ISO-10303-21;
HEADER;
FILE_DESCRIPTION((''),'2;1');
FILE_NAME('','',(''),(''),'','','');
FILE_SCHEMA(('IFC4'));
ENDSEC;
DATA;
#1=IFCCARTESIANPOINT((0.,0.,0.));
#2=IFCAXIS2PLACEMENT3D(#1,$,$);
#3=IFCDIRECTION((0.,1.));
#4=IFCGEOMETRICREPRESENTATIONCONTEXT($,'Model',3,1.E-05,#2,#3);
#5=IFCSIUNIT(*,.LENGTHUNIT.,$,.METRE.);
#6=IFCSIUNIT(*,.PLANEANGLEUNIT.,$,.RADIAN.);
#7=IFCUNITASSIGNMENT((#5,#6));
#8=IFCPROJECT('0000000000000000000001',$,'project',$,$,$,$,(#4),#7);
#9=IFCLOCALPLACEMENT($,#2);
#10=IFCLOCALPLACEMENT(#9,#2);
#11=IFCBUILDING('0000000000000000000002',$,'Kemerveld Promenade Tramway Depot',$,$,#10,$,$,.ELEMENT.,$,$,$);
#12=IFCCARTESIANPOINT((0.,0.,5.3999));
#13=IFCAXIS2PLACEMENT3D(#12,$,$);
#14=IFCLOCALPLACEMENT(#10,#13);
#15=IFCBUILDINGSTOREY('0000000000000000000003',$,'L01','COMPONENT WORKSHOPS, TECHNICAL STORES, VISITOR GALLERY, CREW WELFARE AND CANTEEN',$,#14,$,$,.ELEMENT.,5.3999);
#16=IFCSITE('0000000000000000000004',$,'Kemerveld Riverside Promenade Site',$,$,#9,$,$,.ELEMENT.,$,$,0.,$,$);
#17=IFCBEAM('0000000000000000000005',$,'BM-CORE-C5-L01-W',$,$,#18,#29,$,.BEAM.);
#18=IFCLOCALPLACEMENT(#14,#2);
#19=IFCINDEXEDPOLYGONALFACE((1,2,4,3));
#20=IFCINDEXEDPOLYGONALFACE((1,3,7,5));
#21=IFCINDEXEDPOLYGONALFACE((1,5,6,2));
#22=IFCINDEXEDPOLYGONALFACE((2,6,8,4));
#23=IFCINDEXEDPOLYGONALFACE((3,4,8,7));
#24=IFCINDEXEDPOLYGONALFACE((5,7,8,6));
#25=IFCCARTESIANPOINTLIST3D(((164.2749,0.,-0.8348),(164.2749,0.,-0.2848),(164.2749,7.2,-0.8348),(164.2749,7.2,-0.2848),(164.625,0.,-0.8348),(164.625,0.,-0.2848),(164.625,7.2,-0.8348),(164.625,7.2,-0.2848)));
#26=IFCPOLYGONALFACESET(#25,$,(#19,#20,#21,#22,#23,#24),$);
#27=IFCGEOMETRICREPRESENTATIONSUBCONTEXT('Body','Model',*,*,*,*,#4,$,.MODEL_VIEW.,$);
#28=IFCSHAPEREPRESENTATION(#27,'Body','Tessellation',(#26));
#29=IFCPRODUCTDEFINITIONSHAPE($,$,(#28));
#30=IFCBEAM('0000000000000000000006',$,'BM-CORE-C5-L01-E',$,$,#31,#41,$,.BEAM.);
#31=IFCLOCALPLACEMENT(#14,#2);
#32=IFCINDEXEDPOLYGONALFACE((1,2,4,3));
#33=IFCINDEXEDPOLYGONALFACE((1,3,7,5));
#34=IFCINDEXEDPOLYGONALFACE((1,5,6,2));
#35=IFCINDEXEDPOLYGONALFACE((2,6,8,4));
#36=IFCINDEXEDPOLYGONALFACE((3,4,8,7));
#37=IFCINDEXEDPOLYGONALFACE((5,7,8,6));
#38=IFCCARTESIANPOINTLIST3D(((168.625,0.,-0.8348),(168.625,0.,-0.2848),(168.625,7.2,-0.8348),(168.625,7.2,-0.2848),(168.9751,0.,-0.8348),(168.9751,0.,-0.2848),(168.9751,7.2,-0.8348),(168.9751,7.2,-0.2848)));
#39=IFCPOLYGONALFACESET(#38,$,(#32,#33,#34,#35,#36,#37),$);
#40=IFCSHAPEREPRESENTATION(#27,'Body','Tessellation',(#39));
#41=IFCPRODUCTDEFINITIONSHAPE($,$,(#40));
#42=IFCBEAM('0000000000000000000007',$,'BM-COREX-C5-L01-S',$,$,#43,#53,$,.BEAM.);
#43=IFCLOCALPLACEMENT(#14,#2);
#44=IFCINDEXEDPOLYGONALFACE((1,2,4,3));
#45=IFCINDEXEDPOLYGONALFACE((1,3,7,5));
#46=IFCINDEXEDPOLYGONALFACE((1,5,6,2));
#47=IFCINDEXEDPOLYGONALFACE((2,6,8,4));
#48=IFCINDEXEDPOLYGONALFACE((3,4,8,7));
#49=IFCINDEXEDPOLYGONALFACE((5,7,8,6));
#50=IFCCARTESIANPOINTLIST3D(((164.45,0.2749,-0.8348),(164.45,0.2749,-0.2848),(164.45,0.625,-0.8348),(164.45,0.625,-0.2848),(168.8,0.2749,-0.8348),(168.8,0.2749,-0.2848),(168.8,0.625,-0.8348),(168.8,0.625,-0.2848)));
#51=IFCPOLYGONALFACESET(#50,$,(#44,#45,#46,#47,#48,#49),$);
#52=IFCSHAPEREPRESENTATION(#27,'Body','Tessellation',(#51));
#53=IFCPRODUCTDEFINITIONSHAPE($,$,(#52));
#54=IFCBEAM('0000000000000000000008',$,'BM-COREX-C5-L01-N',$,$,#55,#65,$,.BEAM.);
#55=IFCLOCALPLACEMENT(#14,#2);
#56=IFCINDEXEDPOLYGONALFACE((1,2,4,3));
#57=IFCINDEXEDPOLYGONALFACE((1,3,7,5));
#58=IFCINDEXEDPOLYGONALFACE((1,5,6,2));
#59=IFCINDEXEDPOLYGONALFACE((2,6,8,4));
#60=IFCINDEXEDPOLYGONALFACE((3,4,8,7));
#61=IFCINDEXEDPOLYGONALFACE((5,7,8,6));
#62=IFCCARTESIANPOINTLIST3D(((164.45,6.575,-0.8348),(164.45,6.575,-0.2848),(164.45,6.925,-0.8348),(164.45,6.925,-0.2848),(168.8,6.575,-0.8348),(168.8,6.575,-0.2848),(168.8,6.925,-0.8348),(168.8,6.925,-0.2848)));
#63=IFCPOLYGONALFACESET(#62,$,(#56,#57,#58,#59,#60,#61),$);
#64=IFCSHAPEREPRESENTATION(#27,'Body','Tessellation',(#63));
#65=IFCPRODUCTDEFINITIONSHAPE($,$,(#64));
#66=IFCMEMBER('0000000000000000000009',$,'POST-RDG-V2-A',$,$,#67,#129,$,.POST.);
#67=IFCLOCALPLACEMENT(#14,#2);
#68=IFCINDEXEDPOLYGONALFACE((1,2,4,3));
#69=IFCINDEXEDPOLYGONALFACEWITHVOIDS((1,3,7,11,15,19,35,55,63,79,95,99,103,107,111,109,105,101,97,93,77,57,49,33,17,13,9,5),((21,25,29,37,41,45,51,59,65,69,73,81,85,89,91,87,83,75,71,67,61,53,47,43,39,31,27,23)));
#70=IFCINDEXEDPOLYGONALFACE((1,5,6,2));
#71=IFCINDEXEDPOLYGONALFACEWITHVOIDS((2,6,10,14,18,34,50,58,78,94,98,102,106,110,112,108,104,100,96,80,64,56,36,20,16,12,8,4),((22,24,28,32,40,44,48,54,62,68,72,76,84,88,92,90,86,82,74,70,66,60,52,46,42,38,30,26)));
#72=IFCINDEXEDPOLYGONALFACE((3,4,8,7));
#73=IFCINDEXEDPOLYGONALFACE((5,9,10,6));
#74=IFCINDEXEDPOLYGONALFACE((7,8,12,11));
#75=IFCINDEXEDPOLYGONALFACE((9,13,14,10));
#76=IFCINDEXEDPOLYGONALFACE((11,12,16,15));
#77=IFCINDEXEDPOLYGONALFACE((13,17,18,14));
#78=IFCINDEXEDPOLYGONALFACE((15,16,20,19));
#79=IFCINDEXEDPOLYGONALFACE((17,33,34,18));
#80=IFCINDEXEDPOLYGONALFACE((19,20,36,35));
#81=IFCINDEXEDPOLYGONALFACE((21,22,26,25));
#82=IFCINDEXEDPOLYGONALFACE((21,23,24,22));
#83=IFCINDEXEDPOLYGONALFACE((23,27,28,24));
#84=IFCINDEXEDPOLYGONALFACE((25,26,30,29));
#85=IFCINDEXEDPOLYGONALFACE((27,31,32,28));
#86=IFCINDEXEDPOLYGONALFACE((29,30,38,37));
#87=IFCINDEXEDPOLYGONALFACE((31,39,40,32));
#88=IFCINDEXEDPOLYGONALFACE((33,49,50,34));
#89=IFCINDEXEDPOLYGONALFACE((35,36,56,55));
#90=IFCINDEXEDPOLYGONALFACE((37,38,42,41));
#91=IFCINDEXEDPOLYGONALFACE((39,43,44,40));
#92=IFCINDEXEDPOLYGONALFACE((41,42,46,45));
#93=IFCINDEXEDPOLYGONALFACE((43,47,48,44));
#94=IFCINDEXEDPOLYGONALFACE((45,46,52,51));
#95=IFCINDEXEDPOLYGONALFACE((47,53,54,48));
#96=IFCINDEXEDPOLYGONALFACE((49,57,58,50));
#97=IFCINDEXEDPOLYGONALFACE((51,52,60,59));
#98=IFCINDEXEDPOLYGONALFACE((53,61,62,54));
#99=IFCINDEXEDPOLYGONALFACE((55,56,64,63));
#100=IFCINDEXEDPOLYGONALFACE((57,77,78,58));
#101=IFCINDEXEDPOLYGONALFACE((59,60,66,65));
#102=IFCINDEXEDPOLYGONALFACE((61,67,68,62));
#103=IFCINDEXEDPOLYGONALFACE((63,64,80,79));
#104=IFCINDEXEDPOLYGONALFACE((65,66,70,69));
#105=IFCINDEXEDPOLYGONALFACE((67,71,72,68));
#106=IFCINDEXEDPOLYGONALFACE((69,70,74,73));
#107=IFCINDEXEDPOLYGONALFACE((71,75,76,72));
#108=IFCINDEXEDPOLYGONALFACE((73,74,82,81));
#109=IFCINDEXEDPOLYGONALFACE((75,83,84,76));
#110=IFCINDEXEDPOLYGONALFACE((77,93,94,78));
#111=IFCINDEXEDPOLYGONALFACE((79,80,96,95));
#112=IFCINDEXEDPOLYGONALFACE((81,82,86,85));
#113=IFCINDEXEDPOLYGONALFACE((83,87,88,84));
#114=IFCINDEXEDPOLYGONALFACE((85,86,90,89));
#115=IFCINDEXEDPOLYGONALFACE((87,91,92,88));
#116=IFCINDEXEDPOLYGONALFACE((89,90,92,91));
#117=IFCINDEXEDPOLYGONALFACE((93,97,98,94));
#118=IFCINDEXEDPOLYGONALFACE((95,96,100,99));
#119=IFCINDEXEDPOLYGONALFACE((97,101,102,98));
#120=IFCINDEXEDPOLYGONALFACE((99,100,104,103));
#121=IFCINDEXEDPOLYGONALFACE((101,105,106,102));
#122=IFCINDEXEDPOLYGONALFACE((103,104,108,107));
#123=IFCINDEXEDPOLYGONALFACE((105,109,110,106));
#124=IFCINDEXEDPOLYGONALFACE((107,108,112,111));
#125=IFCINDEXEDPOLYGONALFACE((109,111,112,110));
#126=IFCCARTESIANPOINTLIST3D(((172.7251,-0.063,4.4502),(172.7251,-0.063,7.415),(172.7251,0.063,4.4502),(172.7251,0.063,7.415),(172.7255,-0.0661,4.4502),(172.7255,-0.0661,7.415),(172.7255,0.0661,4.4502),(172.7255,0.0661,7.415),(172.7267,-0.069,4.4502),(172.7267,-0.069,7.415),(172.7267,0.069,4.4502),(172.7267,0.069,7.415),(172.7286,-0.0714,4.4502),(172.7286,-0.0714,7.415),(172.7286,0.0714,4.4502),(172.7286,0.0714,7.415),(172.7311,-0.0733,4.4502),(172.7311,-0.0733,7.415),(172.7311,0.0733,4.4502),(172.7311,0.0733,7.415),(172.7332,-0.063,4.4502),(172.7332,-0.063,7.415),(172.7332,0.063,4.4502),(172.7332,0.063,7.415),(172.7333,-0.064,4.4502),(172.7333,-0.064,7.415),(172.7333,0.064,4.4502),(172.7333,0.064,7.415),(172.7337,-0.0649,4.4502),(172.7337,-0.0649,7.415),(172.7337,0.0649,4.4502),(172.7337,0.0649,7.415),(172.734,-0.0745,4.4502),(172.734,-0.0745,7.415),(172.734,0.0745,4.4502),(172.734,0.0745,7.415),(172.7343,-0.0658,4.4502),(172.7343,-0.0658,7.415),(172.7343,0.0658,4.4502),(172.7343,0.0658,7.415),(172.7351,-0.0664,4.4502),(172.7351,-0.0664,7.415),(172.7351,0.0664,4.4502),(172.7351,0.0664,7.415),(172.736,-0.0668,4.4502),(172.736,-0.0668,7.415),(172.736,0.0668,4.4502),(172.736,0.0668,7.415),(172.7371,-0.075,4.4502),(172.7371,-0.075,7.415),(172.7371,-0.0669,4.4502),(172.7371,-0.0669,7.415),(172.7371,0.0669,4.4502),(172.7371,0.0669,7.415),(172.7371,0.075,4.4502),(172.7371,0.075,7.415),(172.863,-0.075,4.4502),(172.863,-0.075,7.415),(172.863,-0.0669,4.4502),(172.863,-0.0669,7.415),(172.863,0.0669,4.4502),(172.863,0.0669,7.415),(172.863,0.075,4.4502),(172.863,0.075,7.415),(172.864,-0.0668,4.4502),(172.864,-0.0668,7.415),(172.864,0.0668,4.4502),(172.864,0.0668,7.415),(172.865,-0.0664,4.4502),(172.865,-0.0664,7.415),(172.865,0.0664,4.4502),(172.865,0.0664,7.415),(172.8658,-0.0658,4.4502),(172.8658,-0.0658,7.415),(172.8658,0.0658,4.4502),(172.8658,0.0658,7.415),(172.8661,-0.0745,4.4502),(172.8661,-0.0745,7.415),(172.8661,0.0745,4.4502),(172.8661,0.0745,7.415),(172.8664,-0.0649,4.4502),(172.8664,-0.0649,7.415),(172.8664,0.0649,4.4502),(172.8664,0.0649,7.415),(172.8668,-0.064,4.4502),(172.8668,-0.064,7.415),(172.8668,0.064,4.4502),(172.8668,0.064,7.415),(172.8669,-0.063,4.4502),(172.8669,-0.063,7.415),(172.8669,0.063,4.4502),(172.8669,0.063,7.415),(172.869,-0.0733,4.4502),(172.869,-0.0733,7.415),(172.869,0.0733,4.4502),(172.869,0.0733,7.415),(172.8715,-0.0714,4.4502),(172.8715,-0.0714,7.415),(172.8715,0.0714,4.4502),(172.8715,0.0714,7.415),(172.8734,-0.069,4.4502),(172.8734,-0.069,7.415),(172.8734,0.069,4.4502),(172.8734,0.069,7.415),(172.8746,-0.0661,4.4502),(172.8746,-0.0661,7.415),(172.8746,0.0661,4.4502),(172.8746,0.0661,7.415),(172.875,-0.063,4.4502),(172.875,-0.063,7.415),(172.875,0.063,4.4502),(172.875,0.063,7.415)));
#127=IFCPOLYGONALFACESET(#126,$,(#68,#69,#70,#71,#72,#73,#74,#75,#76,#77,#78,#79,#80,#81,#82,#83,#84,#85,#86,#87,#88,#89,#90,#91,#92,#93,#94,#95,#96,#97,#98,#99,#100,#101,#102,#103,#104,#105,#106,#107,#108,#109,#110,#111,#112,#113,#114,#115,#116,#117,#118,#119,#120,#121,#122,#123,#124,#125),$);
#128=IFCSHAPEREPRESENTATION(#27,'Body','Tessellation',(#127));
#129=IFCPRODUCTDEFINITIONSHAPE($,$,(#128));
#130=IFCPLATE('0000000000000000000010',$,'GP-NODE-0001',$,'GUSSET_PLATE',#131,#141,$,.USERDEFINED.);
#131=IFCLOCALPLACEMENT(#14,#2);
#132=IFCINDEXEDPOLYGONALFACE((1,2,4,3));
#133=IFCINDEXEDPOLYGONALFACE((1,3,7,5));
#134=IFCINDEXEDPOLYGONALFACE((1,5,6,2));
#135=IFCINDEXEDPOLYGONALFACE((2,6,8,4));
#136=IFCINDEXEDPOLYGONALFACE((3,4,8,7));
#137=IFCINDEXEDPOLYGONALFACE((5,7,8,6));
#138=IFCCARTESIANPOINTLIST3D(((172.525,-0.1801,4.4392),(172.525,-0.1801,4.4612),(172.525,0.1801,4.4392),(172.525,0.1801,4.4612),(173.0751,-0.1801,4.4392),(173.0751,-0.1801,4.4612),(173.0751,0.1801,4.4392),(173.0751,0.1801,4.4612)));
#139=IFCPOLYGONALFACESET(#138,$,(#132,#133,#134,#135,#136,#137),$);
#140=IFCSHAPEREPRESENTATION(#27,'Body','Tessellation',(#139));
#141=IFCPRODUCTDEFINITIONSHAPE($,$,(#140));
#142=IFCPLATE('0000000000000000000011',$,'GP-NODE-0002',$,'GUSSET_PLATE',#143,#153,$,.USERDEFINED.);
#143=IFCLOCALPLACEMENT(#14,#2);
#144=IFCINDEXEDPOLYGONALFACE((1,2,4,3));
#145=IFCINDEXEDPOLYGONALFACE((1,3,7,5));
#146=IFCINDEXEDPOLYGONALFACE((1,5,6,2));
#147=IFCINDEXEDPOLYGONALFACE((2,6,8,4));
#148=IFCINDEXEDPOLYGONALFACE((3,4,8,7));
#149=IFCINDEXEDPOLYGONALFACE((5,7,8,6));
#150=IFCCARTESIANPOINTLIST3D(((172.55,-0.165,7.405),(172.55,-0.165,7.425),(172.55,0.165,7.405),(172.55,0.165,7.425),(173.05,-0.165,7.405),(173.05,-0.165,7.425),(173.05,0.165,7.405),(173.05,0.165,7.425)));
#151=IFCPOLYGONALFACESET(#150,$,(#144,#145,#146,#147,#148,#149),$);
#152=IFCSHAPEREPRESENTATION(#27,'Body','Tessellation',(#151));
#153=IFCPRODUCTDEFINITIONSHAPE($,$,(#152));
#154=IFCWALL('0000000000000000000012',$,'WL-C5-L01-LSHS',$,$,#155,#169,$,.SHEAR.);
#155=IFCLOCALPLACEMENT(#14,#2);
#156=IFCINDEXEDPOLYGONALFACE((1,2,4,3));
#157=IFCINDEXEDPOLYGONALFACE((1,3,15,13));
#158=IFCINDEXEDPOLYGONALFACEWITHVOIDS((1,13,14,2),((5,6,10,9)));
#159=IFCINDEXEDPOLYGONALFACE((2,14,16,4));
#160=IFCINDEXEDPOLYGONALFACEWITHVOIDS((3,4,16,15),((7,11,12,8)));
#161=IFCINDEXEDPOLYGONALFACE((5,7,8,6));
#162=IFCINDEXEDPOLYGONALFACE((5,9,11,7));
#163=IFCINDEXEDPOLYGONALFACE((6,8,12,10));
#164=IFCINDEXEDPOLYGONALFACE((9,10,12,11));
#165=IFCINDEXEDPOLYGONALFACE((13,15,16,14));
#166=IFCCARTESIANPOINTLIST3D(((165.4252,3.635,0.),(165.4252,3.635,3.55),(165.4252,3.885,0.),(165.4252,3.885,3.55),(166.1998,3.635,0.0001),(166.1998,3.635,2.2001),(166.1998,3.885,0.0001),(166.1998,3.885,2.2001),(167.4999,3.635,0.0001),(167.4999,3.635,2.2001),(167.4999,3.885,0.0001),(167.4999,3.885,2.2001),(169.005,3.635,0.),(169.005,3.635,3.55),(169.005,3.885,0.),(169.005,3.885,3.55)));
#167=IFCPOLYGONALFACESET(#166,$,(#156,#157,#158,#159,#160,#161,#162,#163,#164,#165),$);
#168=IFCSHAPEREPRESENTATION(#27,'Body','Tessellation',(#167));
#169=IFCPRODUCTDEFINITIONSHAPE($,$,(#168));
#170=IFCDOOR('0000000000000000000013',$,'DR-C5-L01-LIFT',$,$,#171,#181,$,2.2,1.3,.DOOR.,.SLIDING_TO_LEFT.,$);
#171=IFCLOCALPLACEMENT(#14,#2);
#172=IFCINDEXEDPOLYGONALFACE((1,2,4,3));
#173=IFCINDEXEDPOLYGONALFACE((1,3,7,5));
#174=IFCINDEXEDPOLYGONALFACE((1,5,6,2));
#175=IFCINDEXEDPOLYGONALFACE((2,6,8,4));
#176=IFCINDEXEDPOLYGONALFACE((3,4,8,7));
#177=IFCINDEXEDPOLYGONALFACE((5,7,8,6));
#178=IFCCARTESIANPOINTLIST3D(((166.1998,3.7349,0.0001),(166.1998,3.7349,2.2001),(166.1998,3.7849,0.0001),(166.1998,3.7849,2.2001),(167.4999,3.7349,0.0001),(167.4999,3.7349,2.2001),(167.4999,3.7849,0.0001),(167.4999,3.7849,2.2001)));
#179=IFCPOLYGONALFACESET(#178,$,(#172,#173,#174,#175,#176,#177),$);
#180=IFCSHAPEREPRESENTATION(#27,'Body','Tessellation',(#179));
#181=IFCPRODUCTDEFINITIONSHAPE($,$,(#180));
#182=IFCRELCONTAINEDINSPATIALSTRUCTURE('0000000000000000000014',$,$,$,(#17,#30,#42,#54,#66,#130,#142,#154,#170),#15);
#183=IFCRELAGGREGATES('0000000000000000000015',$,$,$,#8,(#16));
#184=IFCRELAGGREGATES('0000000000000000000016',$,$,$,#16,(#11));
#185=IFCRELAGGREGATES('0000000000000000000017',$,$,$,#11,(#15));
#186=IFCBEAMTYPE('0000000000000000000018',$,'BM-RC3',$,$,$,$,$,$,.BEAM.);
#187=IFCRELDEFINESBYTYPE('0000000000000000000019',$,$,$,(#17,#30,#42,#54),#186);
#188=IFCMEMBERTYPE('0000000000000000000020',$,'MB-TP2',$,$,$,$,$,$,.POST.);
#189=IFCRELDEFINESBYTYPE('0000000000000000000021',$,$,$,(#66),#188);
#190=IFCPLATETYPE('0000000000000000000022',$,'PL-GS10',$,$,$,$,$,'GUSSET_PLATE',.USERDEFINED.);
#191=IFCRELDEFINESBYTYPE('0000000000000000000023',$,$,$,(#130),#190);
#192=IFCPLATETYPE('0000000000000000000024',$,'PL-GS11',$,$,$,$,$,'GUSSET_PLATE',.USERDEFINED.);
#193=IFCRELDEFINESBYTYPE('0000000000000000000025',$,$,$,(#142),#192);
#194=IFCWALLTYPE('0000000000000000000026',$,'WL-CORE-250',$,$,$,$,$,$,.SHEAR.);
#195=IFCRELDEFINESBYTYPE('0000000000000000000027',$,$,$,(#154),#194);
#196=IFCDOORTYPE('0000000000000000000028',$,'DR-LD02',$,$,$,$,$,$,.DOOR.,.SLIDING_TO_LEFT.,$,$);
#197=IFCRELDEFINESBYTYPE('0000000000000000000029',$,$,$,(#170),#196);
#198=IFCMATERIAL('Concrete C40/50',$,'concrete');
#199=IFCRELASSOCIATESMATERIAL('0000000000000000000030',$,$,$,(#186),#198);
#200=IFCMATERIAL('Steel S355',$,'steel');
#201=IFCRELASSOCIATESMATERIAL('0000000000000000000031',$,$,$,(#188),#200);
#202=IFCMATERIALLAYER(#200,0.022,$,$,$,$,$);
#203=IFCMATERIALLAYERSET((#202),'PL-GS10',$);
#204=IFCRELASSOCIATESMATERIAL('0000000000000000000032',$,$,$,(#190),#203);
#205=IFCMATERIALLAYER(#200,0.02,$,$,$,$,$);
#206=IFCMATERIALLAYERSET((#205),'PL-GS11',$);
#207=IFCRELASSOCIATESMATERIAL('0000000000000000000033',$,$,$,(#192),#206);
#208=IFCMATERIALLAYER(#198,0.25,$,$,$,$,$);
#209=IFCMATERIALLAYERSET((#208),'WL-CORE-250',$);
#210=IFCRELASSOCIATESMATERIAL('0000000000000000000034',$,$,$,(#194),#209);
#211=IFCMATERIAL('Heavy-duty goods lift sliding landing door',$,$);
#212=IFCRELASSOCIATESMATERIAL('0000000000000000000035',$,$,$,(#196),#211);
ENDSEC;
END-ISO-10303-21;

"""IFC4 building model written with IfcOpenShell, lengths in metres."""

from ifc_helpers import new_model, si_unit, direction, frame, frame_2d, origin, origin_2d, place, context, subcontext, project, spatial, rectangle, hollow_rectangle, extrude, material, layer, layer_set, material_profile, profile_set, type_object, element, fill, save


model = new_model("IFC4")

# Units and contexts
model_context = context("Model", 3, precision=1e-05, world=origin(), true_north=direction((0.0, 1.0)))
body_context = subcontext(model_context, "Body", "Model", "MODEL_VIEW")
ifc_project = project(units=[si_unit("LENGTHUNIT", "METRE"), si_unit("PLANEANGLEUNIT", "RADIAN")], contexts=[model_context])

# Site, building, storey
site_placement = place(None, origin())
site = spatial("IfcSite", under=ifc_project, at=site_placement, Name="Kemerveld Riverside Promenade Site", CompositionType="ELEMENT", RefElevation=0.0)
building_placement = place(site_placement, origin())
building = spatial("IfcBuilding", under=site, at=building_placement, Name="Kemerveld Promenade Tramway Depot", CompositionType="ELEMENT")
storey_placement = place(building_placement, frame((0.0, 0.0, 5.3999)))
storey = spatial("IfcBuildingStorey", under=building, at=storey_placement, Name="L01", Description="COMPONENT WORKSHOPS, TECHNICAL STORES, VISITOR GALLERY, CREW WELFARE AND CANTEEN", CompositionType="ELEMENT", Elevation=5.3999)

# Shared definitions
ifc_material_1 = material(Name="Steel S355", Category="steel")

# Beams
ifc_material_2 = material(Name="Concrete C40/50", Category="concrete")
ifc_material_profile_1 = material_profile(ifc_material_2, rectangle(XDim=0.3501, YDim=0.55, at=origin_2d()), Name="RC-BM-350x550")
ifc_profile_set_1 = profile_set([ifc_material_profile_1], Name="Concrete C40/50")
beam_type_1 = type_object("IfcBeamType", Name="BM-RC3", PredefinedType="BEAM", material=ifc_profile_set_1)
for number, where, z_axis, x_axis, name in (
    (1, (164.45, 0.0, -0.5598), (0.0, 1.0, 0.0), (-1.0, 0.0, 0.0), "BM-CORE-C5-L01-W"),
    (2, (168.8, 0.0, -0.5598), (0.0, 1.0, 0.0), (-1.0, 0.0, 0.0), "BM-CORE-C5-L01-E"),
):
    element("IfcBeam", number, at=place(storey_placement, frame(where, z_axis=z_axis, x_axis=x_axis)), inside=storey, type_object=beam_type_1, Name=name, PredefinedType="BEAM", context=body_context, shape_type="SweptSolid", body=[
        extrude(rectangle(XDim=0.3501, YDim=0.55, at=origin_2d()), origin(), (0.0, 0.0, 1.0), 7.2),
    ])
for number, where, z_axis, x_axis, name in (
    (3, (164.45, 0.45, -0.5598), (1.0, 0.0, 0.0), (0.0, 1.0, 0.0), "BM-COREX-C5-L01-S"),
    (4, (164.45, 6.75, -0.5598), (1.0, 0.0, 0.0), (0.0, 1.0, 0.0), "BM-COREX-C5-L01-N"),
):
    element("IfcBeam", number, at=place(storey_placement, frame(where, z_axis=z_axis, x_axis=x_axis)), inside=storey, type_object=beam_type_1, Name=name, PredefinedType="BEAM", context=body_context, shape_type="SweptSolid", body=[
        extrude(rectangle(XDim=0.3501, YDim=0.55, at=origin_2d()), origin(), (0.0, 0.0, 1.0), 4.3501),
    ])

# Member
ifc_material_profile_2 = material_profile(ifc_material_1, hollow_rectangle(XDim=0.1499, YDim=0.1499, WallThickness=0.0081, InnerFilletRadius=0.0039, OuterFilletRadius=0.012, at=origin_2d()), Name="150x150x8.0 SHS")
ifc_profile_set_2 = profile_set([ifc_material_profile_2], Name="Steel S355")
member_type = type_object("IfcMemberType", Name="MB-TP2", PredefinedType="POST", material=ifc_profile_set_2)
member_placement = place(storey_placement, frame((172.8, 0.0, 4.4502), z_axis=(0.0, 0.0, 1.0), x_axis=(1.0, 0.0, 0.0)))
element("IfcMember", 5, at=member_placement, inside=storey, type_object=member_type, Name="POST-RDG-V2-A", PredefinedType="POST", context=body_context, shape_type="SweptSolid", body=[
    extrude(hollow_rectangle(XDim=0.1499, YDim=0.1499, WallThickness=0.0081, InnerFilletRadius=0.0039, OuterFilletRadius=0.012, at=origin_2d()), origin(), (0.0, 0.0, 1.0), 2.9648),
])

# Plates
ifc_layer_1 = layer(ifc_material_1, 0.022)
ifc_layer_set_1 = layer_set([ifc_layer_1], Name="PL-GS10")
plate_type_1 = type_object("IfcPlateType", Name="PL-GS10", ElementType="GUSSET_PLATE", PredefinedType="USERDEFINED", material=ifc_layer_set_1)
plate_1_placement = place(storey_placement, frame((172.8, 0.0, 4.4392), z_axis=(0.0, 0.0, 1.0), x_axis=(1.0, 0.0, 0.0)))
element("IfcPlate", 6, at=plate_1_placement, inside=storey, type_object=plate_type_1, Name="GP-NODE-0001", ObjectType="GUSSET_PLATE", PredefinedType="USERDEFINED", context=body_context, shape_type="SweptSolid", body=[
    extrude(rectangle(XDim=0.55, YDim=0.3601, at=origin_2d()), origin(), (0.0, 0.0, 1.0), 0.022),
])
ifc_layer_2 = layer(ifc_material_1, 0.02)
ifc_layer_set_2 = layer_set([ifc_layer_2], Name="PL-GS11")
plate_type_2 = type_object("IfcPlateType", Name="PL-GS11", ElementType="GUSSET_PLATE", PredefinedType="USERDEFINED", material=ifc_layer_set_2)
plate_2_placement = place(storey_placement, frame((172.8, 0.0, 7.405), z_axis=(0.0, 0.0, 1.0), x_axis=(1.0, 0.0, 0.0)))
element("IfcPlate", 7, at=plate_2_placement, inside=storey, type_object=plate_type_2, Name="GP-NODE-0002", ObjectType="GUSSET_PLATE", PredefinedType="USERDEFINED", context=body_context, shape_type="SweptSolid", body=[
    extrude(rectangle(XDim=0.5, YDim=0.3301, at=origin_2d()), origin(), (0.0, 0.0, 1.0), 0.02),
])

# Wall, opening, door
ifc_layer_3 = layer(ifc_material_2, 0.25)
ifc_layer_set_3 = layer_set([ifc_layer_3], Name="WL-CORE-250")
wall_type_1 = type_object("IfcWallType", Name="WL-CORE-250", PredefinedType="SHEAR", material=ifc_layer_set_3)
wall_1_placement = place(storey_placement, frame((165.425, 3.76, 0.0), z_axis=(0.0, 0.0, 1.0), x_axis=(1.0, 0.0, 0.0)))
wall_1 = element("IfcWall", 8, at=wall_1_placement, inside=storey, type_object=wall_type_1, Name="WL-C5-L01-LSHS", PredefinedType="SHEAR", context=body_context, shape_type="SweptSolid", body=[
    extrude(rectangle(XDim=3.5798, YDim=0.25, at=frame_2d((1.79, 0.0))), origin(), (0.0, 0.0, 1.0), 3.55),
])
opening_1_placement = place(wall_1_placement, frame((0.7749, 0.0, 0.0)))
opening_1 = element("IfcOpeningElement", 9, at=opening_1_placement, cuts=wall_1, PredefinedType="OPENING", context=body_context, shape_type="SweptSolid", body=[
    extrude(rectangle(XDim=1.3, YDim=2.2, at=frame_2d((0.6499, 1.1001))), frame((0.0, 0.135, 0.0), z_axis=(0.0, -1.0, 0.0), x_axis=(1.0, 0.0, 0.0)), (0.0, 0.0, 1.0), 0.27),
])
ifc_material_3 = material(Name="Heavy-duty goods lift sliding landing door")
door_type_1 = type_object("IfcDoorType", Name="DR-LD02", OperationType="SLIDING_TO_LEFT", PredefinedType="DOOR", material=ifc_material_3)
door_1_placement = place(opening_1_placement, origin())
door_1 = element("IfcDoor", 10, at=door_1_placement, inside=storey, type_object=door_type_1, Name="DR-C5-L01-LIFT", OperationType="SLIDING_TO_LEFT", OverallHeight=2.2, OverallWidth=1.3, PredefinedType="DOOR", context=body_context, shape_type="SweptSolid", body=[
    extrude(rectangle(XDim=1.3, YDim=2.2, at=frame_2d((0.6499, 1.1001))), frame((0.0, 0.0249, 0.0), z_axis=(0.0, -1.0, 0.0), x_axis=(1.0, 0.0, 0.0)), (0.0, 0.0, 1.0), 0.05),
])
fill(opening_1, door_1)

save(model, "model.ifc")
